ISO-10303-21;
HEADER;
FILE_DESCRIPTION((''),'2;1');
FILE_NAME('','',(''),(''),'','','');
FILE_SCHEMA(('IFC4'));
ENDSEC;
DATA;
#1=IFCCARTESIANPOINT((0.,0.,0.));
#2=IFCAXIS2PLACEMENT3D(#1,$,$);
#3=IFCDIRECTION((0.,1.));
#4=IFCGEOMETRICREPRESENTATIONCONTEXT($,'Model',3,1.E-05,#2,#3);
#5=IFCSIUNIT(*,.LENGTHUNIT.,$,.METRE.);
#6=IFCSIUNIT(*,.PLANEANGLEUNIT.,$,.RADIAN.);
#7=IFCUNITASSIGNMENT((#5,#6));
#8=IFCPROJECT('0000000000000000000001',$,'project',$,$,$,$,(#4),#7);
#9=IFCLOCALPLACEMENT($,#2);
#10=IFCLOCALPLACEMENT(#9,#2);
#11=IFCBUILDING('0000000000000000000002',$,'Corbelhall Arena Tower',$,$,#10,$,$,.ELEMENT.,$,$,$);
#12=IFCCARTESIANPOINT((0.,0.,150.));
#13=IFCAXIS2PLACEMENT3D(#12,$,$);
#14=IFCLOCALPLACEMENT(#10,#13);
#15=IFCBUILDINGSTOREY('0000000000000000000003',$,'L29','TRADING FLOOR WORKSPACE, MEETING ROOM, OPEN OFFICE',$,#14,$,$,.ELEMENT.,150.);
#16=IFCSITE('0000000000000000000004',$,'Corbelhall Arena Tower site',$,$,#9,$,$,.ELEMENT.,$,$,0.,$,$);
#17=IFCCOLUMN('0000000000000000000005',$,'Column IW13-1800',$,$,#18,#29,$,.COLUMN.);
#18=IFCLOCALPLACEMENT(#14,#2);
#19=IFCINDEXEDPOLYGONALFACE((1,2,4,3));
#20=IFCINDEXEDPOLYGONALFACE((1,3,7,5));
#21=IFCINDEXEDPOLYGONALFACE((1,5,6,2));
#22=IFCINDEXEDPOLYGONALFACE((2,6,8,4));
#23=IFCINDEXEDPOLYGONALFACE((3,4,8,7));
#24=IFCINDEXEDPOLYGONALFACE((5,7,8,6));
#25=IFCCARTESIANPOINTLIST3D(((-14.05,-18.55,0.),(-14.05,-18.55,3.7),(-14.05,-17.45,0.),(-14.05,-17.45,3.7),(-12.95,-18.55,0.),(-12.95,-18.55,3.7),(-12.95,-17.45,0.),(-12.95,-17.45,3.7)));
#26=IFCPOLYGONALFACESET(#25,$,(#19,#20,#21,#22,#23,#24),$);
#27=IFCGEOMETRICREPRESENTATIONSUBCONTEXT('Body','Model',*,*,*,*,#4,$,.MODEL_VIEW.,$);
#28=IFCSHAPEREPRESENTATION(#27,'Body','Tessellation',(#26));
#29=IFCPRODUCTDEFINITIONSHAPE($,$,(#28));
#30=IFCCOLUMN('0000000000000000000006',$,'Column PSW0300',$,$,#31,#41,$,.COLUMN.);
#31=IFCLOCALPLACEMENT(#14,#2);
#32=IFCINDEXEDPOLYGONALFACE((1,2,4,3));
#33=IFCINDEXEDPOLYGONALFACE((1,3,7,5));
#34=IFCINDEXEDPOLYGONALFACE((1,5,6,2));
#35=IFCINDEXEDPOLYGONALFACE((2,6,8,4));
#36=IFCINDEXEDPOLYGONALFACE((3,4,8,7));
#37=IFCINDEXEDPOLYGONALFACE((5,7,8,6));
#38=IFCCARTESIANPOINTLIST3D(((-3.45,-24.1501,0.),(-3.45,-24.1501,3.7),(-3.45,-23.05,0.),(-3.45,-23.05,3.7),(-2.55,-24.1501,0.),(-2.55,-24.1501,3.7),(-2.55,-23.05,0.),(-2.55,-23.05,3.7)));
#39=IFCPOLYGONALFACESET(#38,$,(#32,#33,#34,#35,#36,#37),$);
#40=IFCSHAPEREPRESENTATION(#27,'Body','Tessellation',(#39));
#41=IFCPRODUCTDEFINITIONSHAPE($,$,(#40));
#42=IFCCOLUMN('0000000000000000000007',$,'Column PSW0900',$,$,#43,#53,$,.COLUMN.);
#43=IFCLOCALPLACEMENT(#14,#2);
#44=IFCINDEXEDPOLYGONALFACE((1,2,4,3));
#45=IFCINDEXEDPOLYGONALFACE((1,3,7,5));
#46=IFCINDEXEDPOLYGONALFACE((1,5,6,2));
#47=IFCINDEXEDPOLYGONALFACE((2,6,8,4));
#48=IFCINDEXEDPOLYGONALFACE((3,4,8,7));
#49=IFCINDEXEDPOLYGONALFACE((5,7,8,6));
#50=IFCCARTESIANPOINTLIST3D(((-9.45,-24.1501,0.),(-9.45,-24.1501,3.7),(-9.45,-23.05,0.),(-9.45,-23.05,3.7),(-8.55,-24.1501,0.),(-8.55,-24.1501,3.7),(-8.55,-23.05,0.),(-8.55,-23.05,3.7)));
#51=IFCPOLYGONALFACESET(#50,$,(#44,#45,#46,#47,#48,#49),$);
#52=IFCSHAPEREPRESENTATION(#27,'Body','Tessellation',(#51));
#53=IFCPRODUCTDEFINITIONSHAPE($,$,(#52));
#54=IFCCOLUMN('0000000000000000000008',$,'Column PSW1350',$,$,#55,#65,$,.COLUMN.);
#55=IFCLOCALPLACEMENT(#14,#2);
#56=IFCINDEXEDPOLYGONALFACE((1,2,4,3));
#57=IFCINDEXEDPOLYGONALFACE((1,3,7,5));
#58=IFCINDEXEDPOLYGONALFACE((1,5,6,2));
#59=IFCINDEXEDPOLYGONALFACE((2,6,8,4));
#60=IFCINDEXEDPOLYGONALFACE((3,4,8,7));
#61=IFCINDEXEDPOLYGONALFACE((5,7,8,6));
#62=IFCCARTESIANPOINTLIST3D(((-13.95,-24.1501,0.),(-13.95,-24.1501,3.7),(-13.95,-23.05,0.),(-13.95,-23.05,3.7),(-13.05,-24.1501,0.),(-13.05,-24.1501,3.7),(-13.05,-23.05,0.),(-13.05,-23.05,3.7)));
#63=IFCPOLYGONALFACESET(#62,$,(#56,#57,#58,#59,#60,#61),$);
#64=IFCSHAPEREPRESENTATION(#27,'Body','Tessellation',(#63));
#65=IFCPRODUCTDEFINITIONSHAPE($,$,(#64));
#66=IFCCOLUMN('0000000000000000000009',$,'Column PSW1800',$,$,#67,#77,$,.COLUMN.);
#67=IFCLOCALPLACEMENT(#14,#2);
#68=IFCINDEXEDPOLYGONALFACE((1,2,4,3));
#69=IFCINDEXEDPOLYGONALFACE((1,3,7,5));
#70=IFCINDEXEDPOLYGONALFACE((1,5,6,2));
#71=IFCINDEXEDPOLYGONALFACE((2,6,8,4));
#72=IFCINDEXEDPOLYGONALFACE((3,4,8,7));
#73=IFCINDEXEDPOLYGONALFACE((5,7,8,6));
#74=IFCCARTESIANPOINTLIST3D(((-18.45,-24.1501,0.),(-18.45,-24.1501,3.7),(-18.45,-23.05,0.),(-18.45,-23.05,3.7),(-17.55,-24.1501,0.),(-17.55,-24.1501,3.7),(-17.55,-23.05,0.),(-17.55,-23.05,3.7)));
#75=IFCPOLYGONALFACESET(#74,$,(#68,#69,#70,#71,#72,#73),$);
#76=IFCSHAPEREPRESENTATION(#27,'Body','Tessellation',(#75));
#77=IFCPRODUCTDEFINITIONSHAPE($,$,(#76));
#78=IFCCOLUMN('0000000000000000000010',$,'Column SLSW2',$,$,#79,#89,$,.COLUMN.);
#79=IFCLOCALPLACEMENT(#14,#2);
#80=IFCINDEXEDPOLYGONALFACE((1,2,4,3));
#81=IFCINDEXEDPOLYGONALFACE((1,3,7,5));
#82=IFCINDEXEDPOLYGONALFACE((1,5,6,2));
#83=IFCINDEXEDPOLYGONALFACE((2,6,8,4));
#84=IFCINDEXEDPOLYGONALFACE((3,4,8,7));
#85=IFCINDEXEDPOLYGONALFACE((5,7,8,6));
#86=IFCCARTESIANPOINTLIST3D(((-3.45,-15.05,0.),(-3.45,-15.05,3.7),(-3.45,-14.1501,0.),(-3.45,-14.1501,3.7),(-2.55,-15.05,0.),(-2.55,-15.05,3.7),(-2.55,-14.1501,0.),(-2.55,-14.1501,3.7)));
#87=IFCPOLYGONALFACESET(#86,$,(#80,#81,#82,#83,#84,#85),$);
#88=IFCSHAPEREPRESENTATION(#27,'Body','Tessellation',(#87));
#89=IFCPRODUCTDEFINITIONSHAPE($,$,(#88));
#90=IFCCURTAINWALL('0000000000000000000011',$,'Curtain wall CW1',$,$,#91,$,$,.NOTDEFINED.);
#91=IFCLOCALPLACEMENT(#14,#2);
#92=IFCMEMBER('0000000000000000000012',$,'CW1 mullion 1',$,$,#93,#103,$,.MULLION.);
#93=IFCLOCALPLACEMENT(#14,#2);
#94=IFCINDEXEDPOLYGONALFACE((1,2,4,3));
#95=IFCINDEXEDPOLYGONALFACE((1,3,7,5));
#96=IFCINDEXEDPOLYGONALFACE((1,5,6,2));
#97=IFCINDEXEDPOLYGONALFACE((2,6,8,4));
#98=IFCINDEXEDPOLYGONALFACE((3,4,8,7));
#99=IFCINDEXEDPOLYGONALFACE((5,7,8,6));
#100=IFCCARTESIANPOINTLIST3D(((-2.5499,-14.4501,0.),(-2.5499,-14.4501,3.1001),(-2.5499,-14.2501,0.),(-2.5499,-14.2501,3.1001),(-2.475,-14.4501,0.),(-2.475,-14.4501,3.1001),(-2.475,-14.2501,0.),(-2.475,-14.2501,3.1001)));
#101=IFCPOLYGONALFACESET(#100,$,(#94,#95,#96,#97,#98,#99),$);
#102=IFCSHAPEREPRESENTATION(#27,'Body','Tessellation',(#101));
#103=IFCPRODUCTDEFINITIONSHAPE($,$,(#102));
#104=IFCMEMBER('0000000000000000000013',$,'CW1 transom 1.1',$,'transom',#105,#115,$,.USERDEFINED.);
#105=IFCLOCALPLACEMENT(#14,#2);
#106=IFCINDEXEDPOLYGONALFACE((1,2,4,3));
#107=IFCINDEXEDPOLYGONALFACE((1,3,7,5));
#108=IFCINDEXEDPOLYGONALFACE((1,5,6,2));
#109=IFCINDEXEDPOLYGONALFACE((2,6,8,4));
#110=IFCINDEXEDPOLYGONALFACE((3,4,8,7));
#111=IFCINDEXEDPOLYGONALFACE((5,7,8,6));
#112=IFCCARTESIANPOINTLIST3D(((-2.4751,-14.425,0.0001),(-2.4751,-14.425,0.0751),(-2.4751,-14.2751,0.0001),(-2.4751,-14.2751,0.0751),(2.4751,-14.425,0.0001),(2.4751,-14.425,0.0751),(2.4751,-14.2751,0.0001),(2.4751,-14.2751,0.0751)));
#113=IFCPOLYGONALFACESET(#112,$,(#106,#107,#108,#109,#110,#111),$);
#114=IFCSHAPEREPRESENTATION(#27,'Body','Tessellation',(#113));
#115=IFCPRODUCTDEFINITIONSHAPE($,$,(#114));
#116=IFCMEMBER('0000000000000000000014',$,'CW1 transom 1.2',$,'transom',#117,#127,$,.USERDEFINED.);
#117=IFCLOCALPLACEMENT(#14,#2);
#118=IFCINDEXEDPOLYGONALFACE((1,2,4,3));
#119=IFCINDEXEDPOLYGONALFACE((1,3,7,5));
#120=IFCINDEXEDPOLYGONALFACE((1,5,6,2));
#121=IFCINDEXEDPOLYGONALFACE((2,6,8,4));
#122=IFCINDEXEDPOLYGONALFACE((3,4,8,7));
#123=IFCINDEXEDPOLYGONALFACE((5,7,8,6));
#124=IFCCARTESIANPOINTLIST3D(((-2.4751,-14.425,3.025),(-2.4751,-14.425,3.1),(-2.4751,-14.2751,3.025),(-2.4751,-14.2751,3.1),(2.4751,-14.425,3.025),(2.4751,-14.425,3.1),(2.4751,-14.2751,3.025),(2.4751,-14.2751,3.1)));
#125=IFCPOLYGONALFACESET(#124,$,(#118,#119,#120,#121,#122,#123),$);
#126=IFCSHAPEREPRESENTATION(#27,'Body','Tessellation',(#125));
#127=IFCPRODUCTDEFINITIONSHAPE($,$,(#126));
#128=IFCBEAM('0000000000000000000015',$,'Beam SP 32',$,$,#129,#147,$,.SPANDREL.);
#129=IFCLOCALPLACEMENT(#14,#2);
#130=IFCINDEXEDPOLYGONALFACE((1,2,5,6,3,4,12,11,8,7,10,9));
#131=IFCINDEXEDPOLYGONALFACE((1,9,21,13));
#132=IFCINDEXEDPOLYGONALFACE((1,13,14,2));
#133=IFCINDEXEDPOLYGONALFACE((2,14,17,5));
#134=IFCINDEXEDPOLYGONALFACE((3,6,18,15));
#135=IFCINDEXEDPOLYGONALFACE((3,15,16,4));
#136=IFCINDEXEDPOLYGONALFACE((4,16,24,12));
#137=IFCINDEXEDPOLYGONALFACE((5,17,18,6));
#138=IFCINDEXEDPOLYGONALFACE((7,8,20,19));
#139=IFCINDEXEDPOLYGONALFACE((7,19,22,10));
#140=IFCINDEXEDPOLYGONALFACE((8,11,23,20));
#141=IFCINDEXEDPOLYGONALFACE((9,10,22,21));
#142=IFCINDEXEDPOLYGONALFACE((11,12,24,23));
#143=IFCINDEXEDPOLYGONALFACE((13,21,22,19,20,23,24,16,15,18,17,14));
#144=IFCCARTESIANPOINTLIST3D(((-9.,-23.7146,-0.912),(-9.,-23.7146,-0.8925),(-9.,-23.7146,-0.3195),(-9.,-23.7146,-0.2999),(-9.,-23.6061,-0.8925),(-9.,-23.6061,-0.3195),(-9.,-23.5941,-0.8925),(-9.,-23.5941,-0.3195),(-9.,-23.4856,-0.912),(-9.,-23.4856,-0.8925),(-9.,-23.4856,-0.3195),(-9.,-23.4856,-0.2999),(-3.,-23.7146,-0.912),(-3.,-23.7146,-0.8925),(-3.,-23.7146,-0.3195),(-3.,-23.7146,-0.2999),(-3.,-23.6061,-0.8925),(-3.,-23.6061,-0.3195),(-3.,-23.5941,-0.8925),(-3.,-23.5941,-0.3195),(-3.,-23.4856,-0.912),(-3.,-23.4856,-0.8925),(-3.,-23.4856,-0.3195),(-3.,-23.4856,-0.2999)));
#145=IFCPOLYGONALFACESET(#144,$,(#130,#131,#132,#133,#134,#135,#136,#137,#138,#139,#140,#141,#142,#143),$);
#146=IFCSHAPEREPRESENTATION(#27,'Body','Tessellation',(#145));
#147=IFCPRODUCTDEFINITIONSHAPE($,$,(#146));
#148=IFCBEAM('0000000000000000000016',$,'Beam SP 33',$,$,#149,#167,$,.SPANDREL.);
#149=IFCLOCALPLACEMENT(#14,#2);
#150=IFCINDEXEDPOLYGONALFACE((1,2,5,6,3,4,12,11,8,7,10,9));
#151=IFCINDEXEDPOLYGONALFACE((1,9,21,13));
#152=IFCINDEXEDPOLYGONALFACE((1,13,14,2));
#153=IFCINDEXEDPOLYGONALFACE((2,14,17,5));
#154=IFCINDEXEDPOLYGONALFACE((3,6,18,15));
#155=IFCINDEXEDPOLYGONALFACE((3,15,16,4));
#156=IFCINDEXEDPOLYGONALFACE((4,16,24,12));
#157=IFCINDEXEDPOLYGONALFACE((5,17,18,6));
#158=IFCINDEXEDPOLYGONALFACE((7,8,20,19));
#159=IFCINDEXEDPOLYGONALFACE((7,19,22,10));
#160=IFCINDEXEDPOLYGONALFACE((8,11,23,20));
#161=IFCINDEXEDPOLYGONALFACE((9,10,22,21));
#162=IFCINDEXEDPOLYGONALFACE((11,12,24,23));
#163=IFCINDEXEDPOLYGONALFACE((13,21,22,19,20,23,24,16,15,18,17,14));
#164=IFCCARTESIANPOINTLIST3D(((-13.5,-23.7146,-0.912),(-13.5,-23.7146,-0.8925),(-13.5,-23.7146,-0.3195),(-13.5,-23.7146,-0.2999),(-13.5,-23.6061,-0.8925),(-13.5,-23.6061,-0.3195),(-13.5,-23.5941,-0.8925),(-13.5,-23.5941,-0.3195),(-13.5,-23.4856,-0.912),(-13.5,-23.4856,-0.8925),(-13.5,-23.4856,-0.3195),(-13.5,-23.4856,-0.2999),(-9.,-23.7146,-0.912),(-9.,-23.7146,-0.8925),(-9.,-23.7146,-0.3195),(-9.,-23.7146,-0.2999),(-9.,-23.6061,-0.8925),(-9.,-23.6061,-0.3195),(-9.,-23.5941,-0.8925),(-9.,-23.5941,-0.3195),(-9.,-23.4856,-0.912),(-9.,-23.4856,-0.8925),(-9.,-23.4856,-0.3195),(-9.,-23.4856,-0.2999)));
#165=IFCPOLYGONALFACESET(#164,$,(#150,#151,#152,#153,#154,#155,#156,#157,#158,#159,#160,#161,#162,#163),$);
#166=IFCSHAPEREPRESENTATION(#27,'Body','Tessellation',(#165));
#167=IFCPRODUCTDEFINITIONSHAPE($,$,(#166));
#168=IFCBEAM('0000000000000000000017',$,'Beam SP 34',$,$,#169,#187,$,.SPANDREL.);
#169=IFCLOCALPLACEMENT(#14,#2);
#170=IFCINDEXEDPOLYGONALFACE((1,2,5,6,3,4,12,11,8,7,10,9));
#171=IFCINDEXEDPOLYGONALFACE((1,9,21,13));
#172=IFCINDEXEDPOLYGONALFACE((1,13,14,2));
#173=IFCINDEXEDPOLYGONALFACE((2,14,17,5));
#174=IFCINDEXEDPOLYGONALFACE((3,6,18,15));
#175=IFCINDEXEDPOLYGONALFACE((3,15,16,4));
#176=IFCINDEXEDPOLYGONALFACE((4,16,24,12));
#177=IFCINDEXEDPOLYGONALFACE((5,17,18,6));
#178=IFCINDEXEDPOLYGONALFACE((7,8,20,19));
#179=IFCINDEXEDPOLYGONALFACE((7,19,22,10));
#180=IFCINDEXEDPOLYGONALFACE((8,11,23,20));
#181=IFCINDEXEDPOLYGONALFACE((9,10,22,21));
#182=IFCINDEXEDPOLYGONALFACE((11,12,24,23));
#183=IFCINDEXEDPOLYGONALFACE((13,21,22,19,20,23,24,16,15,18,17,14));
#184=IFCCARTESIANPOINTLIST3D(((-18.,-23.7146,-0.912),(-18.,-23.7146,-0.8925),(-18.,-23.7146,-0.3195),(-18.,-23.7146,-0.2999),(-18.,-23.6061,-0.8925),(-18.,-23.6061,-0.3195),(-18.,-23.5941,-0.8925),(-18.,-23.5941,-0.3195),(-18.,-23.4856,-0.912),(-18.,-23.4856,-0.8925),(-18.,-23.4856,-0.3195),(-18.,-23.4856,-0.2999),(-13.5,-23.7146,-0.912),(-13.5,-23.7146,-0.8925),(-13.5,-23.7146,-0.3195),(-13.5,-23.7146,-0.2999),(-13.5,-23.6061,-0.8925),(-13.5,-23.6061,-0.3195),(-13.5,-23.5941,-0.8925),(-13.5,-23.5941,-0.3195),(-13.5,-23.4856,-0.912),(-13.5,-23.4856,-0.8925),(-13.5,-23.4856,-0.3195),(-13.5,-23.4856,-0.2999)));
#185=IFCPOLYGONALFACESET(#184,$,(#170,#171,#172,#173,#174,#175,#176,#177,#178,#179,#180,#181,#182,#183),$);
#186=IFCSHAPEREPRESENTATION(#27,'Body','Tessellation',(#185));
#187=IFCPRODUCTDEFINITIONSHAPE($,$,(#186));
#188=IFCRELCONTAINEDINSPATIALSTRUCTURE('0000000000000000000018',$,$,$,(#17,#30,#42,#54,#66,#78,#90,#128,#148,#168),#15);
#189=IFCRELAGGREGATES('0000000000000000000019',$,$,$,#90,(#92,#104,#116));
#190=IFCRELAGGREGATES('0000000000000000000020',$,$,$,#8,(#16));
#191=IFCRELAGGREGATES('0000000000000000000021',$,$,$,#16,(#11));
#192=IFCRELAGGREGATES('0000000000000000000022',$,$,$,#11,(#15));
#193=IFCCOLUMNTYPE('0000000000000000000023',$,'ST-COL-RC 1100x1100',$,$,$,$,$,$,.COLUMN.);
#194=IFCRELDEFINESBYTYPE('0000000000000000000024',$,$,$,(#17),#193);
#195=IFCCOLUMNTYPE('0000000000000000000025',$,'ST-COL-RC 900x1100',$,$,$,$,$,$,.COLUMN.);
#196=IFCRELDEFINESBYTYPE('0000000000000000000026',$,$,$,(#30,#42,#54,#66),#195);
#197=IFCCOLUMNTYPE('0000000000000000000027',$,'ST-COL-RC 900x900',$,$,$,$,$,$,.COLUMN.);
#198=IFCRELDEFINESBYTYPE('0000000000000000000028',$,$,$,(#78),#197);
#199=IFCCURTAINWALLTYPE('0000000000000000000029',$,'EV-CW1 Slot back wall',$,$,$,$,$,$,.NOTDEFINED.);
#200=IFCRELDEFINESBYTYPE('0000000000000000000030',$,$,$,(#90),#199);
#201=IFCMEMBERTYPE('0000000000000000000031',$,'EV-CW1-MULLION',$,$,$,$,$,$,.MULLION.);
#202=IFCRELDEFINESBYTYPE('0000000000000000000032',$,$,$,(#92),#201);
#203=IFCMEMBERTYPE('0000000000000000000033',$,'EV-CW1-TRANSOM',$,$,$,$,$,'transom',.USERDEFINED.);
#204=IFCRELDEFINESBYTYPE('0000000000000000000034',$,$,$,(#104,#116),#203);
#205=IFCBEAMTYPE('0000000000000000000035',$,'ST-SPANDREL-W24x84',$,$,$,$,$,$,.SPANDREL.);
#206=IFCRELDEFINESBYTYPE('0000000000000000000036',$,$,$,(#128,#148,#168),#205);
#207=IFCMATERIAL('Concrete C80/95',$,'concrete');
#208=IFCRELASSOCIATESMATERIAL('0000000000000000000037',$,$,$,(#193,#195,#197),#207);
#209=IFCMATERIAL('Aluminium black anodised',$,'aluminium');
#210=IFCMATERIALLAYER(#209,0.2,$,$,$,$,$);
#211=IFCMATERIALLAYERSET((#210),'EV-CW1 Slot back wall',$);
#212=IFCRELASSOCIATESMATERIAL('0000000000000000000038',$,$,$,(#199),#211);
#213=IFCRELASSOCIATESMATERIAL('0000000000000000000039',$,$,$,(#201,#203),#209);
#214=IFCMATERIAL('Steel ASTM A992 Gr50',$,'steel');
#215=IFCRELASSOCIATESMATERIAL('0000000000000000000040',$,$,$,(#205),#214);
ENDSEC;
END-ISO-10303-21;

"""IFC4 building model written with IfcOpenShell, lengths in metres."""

from ifc_helpers import new_model, si_unit, direction, frame, origin, origin_2d, place, context, subcontext, project, spatial, rectangle, i_section, extrude, material, layer, layer_set, material_profile, profile_set, type_object, element, aggregate, save


model = new_model("IFC4")

# Units and contexts
model_context = context("Model", 3, precision=1e-05, world=origin(), true_north=direction((0.0, 1.0)))
body_context = subcontext(model_context, "Body", "Model", "MODEL_VIEW")
ifc_project = project(units=[si_unit("LENGTHUNIT", "METRE"), si_unit("PLANEANGLEUNIT", "RADIAN")], contexts=[model_context])

# Site, building, storey
site_placement = place(None, origin())
site = spatial("IfcSite", under=ifc_project, at=site_placement, Name="Corbelhall Arena Tower site", CompositionType="ELEMENT", RefElevation=0.0)
building_placement = place(site_placement, origin())
building = spatial("IfcBuilding", under=site, at=building_placement, Name="Corbelhall Arena Tower", CompositionType="ELEMENT")
storey_placement = place(building_placement, frame((0.0, 0.0, 150.0)))
storey = spatial("IfcBuildingStorey", under=building, at=storey_placement, Name="L29", Description="TRADING FLOOR WORKSPACE, MEETING ROOM, OPEN OFFICE", CompositionType="ELEMENT", Elevation=150.0)

# Columns
ifc_material_1 = material(Name="Concrete C80/95", Category="concrete")
ifc_material_profile_1 = material_profile(ifc_material_1, rectangle(XDim=1.1001, YDim=1.1001, at=origin_2d()))
ifc_profile_set_1 = profile_set([ifc_material_profile_1], Name="Concrete C80/95")
column_type_1 = type_object("IfcColumnType", Name="ST-COL-RC 1100x1100", PredefinedType="COLUMN", material=ifc_profile_set_1)
column_1_placement = place(storey_placement, frame((-13.5, -18.0, 0.0), z_axis=(0.0, 0.0, 1.0), x_axis=(1.0, 0.0, 0.0)))
element("IfcColumn", 1, at=column_1_placement, inside=storey, type_object=column_type_1, Name="Column IW13-1800", PredefinedType="COLUMN", context=body_context, shape_type="SweptSolid", body=[
    extrude(rectangle(XDim=1.1001, YDim=1.1001, at=origin_2d()), origin(), (0.0, 0.0, 1.0), 3.7),
])
ifc_material_profile_2 = material_profile(ifc_material_1, rectangle(XDim=0.8999, YDim=1.1001, at=origin_2d()))
ifc_profile_set_2 = profile_set([ifc_material_profile_2], Name="Concrete C80/95")
column_type_2 = type_object("IfcColumnType", Name="ST-COL-RC 900x1100", PredefinedType="COLUMN", material=ifc_profile_set_2)
for number, where, z_axis, x_axis, name in (
    (2, (-3.0, -23.6001, 0.0), (0.0, 0.0, 1.0), (1.0, 0.0, 0.0), "Column PSW0300"),
    (3, (-9.0, -23.6001, 0.0), (0.0, 0.0, 1.0), (1.0, 0.0, 0.0), "Column PSW0900"),
    (4, (-13.5, -23.6001, 0.0), (0.0, 0.0, 1.0), (1.0, 0.0, 0.0), "Column PSW1350"),
    (5, (-18.0, -23.6001, 0.0), (0.0, 0.0, 1.0), (1.0, 0.0, 0.0), "Column PSW1800"),
):
    element("IfcColumn", number, at=place(storey_placement, frame(where, z_axis=z_axis, x_axis=x_axis)), inside=storey, type_object=column_type_2, Name=name, PredefinedType="COLUMN", context=body_context, shape_type="SweptSolid", body=[
        extrude(rectangle(XDim=0.8999, YDim=1.1001, at=origin_2d()), origin(), (0.0, 0.0, 1.0), 3.7),
    ])
ifc_material_profile_3 = material_profile(ifc_material_1, rectangle(XDim=0.8999, YDim=0.8999, at=origin_2d()))
ifc_profile_set_3 = profile_set([ifc_material_profile_3], Name="Concrete C80/95")
column_type_3 = type_object("IfcColumnType", Name="ST-COL-RC 900x900", PredefinedType="COLUMN", material=ifc_profile_set_3)
column_2_placement = place(storey_placement, frame((-3.0, -14.6001, 0.0), z_axis=(0.0, 0.0, 1.0), x_axis=(1.0, 0.0, 0.0)))
element("IfcColumn", 6, at=column_2_placement, inside=storey, type_object=column_type_3, Name="Column SLSW2", PredefinedType="COLUMN", context=body_context, shape_type="SweptSolid", body=[
    extrude(rectangle(XDim=0.8999, YDim=0.8999, at=origin_2d()), origin(), (0.0, 0.0, 1.0), 3.7),
])

# Curtain wall, members
ifc_material_2 = material(Name="Aluminium black anodised", Category="aluminium")
ifc_layer_1 = layer(ifc_material_2, 0.2)
ifc_layer_set_1 = layer_set([ifc_layer_1], Name="EV-CW1 Slot back wall")
curtain_wall_type = type_object("IfcCurtainWallType", Name="EV-CW1 Slot back wall", PredefinedType="NOTDEFINED", material=ifc_layer_set_1)
curtain_wall_placement = place(storey_placement, origin())
curtain_wall = element("IfcCurtainWall", 7, at=curtain_wall_placement, inside=storey, type_object=curtain_wall_type, Name="Curtain wall CW1", PredefinedType="NOTDEFINED")
ifc_material_profile_4 = material_profile(ifc_material_2, rectangle(XDim=0.2, YDim=0.075, at=origin_2d()))
ifc_profile_set_4 = profile_set([ifc_material_profile_4], Name="Aluminium black anodised")
member_type_1 = type_object("IfcMemberType", Name="EV-CW1-MULLION", PredefinedType="MULLION", material=ifc_profile_set_4)
member_1_placement = place(storey_placement, frame((-2.5125, -14.3501, 0.0), z_axis=(0.0, 0.0, 1.0), x_axis=(0.0, 1.0, 0.0)))
member_1 = element("IfcMember", 8, at=member_1_placement, type_object=member_type_1, Name="CW1 mullion 1", PredefinedType="MULLION", context=body_context, shape_type="SweptSolid", body=[
    extrude(rectangle(XDim=0.2, YDim=0.075, at=origin_2d()), origin(), (0.0, 0.0, 1.0), 3.1001),
])
ifc_material_profile_5 = material_profile(ifc_material_2, rectangle(XDim=0.1499, YDim=0.075, at=origin_2d()))
ifc_profile_set_5 = profile_set([ifc_material_profile_5], Name="Aluminium black anodised")
member_type_2 = type_object("IfcMemberType", Name="EV-CW1-TRANSOM", ElementType="transom", PredefinedType="USERDEFINED", material=ifc_profile_set_5)
member_2_placement = place(storey_placement, frame((-2.4751, -14.3501, 0.0376), z_axis=(1.0, 0.0, 0.0), x_axis=(0.0, 1.0, 0.0)))
member_2 = element("IfcMember", 9, at=member_2_placement, type_object=member_type_2, Name="CW1 transom 1.1", ObjectType="transom", PredefinedType="USERDEFINED", context=body_context, shape_type="SweptSolid", body=[
    extrude(rectangle(XDim=0.1499, YDim=0.075, at=origin_2d()), origin(), (0.0, 0.0, 1.0), 4.9502),
])
member_3_placement = place(storey_placement, frame((-2.4751, -14.3501, 3.0625), z_axis=(1.0, 0.0, 0.0), x_axis=(0.0, 1.0, 0.0)))
member_3 = element("IfcMember", 10, at=member_3_placement, type_object=member_type_2, Name="CW1 transom 1.2", ObjectType="transom", PredefinedType="USERDEFINED", context=body_context, shape_type="SweptSolid", body=[
    extrude(rectangle(XDim=0.1499, YDim=0.075, at=origin_2d()), origin(), (0.0, 0.0, 1.0), 4.9502),
])
aggregate(curtain_wall, [member_1, member_2, member_3])

# Beams
ifc_material_3 = material(Name="Steel ASTM A992 Gr50", Category="steel")
ifc_material_profile_6 = material_profile(ifc_material_3, i_section(OverallWidth=0.229, OverallDepth=0.6121, WebThickness=0.012, FlangeThickness=0.0195, at=origin_2d()))
ifc_profile_set_6 = profile_set([ifc_material_profile_6], Name="Steel ASTM A992 Gr50")
beam_type_1 = type_object("IfcBeamType", Name="ST-SPANDREL-W24x84", PredefinedType="SPANDREL", material=ifc_profile_set_6)
beam_1_placement = place(storey_placement, frame((-3.0, -23.6001, -0.606), z_axis=(-1.0, 0.0, 0.0), x_axis=(0.0, -1.0, 0.0)))
element("IfcBeam", 11, at=beam_1_placement, inside=storey, type_object=beam_type_1, Name="Beam SP 32", PredefinedType="SPANDREL", context=body_context, shape_type="SweptSolid", body=[
    extrude(i_section(OverallWidth=0.229, OverallDepth=0.6121, WebThickness=0.012, FlangeThickness=0.0195, at=origin_2d()), origin(), (0.0, 0.0, 1.0), 6.0),
])
for number, where, z_axis, x_axis, name in (
    (12, (-9.0, -23.6001, -0.606), (-1.0, 0.0, 0.0), (0.0, -1.0, 0.0), "Beam SP 33"),
    (13, (-13.5, -23.6001, -0.606), (-1.0, 0.0, 0.0), (0.0, -1.0, 0.0), "Beam SP 34"),
):
    element("IfcBeam", number, at=place(storey_placement, frame(where, z_axis=z_axis, x_axis=x_axis)), inside=storey, type_object=beam_type_1, Name=name, PredefinedType="SPANDREL", context=body_context, shape_type="SweptSolid", body=[
        extrude(i_section(OverallWidth=0.229, OverallDepth=0.6121, WebThickness=0.012, FlangeThickness=0.0195, at=origin_2d()), origin(), (0.0, 0.0, 1.0), 4.5),
    ])

save(model, "model.ifc")
